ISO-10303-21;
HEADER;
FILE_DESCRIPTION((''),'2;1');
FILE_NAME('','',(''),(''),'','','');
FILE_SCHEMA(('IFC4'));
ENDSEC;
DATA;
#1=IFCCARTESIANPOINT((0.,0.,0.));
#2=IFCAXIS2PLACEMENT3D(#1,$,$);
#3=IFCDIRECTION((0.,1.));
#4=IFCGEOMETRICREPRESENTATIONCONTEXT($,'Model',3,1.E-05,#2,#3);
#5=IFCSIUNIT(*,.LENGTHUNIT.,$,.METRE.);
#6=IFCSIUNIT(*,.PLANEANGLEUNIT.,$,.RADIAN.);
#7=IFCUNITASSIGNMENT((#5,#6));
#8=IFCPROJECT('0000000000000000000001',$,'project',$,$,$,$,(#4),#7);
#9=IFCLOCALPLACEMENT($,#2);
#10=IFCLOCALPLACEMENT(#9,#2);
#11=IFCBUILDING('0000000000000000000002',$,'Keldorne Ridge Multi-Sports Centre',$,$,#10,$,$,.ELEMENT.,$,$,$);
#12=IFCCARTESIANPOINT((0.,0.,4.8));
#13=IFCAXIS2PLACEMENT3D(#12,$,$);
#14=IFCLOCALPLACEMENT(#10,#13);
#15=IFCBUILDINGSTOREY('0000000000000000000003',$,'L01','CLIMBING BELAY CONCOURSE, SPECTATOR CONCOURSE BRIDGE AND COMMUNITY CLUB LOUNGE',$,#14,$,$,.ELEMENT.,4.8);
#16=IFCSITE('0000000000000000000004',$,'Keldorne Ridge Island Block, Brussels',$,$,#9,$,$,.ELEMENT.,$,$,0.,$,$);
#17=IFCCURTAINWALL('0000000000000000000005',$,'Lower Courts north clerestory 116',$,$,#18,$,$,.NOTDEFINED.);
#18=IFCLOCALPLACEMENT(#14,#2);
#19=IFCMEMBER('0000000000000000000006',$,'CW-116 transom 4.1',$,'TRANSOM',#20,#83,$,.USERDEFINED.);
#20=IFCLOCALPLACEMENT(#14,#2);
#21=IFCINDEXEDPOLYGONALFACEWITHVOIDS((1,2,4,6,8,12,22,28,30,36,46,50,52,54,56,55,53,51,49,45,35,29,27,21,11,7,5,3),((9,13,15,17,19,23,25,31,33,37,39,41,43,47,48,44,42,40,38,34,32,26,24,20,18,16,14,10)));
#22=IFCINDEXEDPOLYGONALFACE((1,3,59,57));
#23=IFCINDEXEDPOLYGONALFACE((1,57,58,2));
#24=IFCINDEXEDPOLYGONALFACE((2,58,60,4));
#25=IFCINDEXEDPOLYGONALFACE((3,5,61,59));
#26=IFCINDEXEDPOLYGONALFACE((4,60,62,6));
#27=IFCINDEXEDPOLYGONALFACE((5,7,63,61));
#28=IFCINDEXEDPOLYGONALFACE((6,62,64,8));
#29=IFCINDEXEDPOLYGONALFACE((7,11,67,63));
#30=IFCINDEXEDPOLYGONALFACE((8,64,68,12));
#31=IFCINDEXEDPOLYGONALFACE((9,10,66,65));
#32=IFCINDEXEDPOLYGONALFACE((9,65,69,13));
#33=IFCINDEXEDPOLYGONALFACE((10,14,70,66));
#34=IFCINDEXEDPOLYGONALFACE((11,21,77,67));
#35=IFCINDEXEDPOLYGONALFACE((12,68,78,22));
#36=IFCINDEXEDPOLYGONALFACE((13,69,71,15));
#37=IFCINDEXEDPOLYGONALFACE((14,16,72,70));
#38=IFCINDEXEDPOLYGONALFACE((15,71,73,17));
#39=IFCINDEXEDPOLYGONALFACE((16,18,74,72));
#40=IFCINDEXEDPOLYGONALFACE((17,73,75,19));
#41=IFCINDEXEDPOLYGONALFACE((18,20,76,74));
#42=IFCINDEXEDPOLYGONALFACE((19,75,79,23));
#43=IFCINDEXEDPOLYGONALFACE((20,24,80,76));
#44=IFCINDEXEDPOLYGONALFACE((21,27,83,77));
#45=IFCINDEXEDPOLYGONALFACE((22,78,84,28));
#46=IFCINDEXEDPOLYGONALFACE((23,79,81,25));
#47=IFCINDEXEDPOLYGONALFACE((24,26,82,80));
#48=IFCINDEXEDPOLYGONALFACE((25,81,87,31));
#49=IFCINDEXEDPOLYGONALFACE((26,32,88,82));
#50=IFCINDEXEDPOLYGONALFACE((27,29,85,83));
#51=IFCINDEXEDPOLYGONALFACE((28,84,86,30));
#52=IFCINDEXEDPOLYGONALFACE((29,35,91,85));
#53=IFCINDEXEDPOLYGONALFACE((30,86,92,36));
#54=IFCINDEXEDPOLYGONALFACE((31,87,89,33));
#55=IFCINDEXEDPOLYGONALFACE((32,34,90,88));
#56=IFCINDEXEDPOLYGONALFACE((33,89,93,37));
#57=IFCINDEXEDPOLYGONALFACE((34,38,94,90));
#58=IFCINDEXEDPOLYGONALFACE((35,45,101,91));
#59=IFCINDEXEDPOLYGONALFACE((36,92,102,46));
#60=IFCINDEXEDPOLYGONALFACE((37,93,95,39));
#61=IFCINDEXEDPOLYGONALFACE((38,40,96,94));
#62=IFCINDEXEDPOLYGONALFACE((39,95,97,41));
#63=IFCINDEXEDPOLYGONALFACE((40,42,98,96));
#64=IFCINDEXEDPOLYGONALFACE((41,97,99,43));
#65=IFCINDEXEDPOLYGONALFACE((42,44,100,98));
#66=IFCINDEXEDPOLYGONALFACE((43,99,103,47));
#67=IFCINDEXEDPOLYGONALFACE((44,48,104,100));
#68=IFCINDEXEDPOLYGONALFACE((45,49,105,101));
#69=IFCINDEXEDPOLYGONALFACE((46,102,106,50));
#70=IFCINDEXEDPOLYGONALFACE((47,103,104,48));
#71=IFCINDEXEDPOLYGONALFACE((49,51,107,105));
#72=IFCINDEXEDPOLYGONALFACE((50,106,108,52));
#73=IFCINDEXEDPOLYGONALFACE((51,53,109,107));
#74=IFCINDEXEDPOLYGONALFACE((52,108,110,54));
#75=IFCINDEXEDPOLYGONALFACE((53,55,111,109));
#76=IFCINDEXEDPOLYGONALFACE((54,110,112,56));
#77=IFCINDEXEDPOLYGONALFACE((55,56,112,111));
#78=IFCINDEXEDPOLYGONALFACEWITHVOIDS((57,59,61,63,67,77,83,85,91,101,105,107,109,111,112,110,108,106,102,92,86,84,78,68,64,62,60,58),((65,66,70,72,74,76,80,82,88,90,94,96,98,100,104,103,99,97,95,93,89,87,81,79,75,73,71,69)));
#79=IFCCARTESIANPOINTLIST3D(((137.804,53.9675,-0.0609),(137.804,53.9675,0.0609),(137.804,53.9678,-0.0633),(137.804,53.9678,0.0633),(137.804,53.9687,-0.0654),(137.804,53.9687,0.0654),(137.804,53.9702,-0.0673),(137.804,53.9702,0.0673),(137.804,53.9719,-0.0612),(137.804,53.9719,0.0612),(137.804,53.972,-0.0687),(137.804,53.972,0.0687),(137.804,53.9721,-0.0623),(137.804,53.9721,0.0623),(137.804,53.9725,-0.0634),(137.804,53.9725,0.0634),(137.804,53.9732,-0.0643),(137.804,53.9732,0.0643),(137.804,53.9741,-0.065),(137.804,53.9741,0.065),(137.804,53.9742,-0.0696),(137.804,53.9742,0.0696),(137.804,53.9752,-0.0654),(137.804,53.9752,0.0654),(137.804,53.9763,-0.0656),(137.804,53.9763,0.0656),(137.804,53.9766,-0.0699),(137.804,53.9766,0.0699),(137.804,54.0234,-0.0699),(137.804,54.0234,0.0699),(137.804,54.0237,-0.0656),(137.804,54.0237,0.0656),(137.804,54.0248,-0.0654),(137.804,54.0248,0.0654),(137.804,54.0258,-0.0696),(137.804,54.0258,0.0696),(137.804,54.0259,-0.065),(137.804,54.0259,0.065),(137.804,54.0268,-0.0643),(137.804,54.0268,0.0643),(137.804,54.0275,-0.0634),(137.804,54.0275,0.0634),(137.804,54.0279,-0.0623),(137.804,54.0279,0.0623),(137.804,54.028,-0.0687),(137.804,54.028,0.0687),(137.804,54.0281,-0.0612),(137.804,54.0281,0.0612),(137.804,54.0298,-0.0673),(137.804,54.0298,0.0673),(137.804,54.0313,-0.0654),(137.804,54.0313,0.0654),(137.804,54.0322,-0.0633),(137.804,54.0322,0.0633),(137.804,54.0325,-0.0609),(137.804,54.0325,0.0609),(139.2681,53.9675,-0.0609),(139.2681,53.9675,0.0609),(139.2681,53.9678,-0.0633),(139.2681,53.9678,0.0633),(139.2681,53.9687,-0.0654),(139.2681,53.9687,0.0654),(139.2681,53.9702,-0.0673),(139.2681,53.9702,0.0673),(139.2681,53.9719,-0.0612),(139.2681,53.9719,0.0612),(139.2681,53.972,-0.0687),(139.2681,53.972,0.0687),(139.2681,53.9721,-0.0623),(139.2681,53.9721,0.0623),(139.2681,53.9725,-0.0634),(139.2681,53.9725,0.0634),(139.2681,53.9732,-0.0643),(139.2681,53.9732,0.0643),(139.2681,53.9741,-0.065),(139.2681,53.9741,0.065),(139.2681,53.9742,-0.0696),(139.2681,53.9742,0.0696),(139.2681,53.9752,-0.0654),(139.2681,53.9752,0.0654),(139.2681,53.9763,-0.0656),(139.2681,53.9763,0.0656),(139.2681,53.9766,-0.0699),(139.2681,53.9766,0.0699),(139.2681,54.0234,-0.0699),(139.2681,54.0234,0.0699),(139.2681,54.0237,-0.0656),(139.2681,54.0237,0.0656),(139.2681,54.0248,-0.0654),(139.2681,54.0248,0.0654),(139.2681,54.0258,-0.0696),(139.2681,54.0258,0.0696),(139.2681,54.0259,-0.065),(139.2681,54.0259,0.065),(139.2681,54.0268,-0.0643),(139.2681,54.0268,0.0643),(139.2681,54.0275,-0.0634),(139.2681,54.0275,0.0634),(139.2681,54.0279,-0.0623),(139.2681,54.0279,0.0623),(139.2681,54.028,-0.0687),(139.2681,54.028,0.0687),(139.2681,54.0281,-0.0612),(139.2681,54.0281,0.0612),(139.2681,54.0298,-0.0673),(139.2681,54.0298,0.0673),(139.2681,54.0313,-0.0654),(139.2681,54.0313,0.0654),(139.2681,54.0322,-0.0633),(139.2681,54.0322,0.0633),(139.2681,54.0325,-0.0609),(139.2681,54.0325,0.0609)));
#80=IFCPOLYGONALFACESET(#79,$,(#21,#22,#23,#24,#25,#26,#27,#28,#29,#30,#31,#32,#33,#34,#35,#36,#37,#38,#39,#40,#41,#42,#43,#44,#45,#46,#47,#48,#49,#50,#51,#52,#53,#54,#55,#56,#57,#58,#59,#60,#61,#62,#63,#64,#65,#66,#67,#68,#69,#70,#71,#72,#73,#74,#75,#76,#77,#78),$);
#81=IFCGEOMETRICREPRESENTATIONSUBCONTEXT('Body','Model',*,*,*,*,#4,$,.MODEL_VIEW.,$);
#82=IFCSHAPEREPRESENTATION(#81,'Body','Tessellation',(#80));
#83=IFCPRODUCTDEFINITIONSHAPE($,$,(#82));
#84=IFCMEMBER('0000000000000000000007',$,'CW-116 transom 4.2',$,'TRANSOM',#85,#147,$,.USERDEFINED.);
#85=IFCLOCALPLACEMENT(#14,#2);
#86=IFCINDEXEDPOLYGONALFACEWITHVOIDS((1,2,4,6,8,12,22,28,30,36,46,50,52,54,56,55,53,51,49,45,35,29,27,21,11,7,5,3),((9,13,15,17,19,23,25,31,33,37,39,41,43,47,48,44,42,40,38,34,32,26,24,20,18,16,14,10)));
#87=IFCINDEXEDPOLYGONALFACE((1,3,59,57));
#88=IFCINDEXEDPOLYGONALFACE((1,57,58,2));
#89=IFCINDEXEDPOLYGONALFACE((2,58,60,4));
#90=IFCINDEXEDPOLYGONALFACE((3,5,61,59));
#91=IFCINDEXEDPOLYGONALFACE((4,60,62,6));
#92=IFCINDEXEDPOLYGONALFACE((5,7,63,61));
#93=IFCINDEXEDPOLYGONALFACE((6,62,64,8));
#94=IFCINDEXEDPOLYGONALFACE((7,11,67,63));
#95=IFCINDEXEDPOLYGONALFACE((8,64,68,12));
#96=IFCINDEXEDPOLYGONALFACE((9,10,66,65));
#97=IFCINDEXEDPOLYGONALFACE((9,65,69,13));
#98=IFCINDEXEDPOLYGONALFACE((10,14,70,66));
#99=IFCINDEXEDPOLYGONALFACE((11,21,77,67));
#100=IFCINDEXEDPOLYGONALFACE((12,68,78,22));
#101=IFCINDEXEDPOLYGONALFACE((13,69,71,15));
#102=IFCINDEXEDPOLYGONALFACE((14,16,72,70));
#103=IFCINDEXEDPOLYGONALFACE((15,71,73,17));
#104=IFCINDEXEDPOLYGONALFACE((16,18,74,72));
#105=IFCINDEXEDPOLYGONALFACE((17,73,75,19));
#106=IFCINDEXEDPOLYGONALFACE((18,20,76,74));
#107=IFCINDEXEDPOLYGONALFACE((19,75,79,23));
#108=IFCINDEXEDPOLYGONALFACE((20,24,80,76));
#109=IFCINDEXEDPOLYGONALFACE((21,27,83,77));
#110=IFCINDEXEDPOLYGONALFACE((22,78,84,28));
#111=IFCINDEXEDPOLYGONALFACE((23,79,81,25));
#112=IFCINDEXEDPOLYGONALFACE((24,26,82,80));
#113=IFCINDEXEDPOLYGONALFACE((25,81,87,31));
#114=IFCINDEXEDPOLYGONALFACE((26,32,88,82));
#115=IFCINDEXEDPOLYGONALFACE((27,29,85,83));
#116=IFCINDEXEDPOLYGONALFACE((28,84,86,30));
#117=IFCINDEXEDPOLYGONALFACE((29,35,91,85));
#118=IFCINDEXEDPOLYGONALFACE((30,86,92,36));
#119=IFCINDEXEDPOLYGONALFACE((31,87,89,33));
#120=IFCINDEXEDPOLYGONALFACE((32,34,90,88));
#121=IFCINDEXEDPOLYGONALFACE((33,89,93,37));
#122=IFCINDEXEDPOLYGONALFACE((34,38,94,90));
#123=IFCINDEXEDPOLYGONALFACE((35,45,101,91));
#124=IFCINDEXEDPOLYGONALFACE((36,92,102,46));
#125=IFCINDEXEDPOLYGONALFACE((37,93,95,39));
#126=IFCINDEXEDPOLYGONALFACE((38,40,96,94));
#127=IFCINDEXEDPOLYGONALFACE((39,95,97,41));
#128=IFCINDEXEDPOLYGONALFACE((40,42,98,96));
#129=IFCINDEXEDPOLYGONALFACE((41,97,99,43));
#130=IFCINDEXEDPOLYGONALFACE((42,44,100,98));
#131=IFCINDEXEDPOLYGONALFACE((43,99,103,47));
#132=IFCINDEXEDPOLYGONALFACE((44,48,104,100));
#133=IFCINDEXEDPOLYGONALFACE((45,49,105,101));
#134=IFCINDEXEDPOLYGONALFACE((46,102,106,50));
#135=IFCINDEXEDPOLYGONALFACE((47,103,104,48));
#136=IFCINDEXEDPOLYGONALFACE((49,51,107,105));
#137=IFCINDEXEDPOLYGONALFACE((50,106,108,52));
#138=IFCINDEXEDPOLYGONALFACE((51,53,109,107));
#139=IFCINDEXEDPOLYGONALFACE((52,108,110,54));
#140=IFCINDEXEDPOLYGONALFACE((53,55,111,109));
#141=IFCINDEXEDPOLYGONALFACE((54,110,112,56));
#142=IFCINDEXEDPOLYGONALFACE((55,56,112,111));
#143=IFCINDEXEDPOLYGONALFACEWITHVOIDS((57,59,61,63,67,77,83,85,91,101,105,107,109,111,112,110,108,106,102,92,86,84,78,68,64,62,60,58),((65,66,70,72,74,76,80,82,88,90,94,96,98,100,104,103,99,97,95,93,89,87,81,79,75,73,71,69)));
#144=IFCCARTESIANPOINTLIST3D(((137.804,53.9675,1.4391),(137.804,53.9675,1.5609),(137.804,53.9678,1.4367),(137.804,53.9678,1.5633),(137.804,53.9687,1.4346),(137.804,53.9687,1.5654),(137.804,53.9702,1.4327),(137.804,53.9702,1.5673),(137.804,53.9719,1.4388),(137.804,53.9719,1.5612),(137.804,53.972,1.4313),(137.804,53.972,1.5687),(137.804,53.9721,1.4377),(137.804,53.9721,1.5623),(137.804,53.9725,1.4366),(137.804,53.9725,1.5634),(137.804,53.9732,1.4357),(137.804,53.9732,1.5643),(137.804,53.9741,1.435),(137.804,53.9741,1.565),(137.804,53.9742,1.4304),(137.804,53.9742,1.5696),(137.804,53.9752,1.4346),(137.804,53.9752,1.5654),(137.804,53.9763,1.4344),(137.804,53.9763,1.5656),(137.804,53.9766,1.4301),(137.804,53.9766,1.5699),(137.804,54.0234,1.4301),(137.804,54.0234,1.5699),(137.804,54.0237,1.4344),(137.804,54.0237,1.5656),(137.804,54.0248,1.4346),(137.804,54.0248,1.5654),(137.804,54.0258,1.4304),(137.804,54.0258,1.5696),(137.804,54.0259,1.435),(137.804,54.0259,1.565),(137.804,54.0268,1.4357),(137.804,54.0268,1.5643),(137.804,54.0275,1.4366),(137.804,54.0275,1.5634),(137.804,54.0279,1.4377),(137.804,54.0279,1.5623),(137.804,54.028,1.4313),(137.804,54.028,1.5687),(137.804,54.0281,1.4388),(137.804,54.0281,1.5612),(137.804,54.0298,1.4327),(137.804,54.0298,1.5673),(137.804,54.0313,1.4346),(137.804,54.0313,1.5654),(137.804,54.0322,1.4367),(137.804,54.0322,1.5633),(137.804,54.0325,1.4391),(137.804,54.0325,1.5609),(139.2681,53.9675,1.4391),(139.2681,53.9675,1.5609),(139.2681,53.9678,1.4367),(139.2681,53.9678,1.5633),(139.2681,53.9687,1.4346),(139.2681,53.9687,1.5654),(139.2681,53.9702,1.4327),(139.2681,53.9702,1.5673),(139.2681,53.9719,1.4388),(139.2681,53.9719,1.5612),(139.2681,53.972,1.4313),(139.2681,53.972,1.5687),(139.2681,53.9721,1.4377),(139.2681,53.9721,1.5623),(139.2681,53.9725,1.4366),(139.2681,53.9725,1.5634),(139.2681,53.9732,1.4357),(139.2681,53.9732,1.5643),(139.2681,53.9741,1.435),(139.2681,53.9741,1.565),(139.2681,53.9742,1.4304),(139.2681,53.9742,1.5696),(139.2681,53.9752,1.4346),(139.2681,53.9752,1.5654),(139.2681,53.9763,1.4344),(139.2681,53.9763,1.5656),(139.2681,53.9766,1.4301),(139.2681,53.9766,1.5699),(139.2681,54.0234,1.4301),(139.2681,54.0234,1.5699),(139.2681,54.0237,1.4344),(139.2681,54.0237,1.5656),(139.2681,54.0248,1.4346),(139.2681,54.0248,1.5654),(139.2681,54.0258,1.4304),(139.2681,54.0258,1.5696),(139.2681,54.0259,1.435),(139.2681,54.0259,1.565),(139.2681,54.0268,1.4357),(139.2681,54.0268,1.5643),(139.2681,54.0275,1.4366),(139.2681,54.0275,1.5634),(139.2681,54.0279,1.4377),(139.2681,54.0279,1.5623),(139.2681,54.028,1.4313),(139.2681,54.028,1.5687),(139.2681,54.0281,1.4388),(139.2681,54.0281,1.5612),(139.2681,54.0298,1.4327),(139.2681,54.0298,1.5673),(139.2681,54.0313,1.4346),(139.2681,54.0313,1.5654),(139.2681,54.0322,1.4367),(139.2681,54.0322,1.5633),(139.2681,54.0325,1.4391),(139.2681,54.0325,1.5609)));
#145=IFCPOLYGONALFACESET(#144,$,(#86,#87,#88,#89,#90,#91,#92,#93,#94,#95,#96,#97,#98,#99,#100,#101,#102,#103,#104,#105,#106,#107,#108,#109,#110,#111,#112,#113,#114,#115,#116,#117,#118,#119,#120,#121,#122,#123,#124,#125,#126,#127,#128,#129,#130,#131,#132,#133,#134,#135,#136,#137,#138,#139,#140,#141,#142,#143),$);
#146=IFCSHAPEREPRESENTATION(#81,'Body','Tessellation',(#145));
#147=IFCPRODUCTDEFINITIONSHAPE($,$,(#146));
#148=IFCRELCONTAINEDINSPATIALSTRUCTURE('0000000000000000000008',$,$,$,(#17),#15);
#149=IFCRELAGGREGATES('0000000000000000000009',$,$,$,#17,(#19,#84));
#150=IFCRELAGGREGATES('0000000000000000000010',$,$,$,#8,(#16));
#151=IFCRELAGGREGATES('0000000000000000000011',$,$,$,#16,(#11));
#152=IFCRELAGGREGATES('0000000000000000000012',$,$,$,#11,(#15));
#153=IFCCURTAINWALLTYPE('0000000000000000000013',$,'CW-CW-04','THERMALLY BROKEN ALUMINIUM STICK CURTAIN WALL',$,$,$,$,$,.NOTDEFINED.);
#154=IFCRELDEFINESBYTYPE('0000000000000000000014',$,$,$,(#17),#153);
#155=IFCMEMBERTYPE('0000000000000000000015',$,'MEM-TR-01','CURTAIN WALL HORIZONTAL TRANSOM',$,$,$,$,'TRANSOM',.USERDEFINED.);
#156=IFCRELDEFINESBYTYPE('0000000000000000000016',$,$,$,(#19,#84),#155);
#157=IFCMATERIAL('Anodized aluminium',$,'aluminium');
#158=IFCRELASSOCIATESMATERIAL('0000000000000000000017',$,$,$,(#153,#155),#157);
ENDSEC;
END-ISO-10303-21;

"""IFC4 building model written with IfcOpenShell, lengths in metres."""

from ifc_helpers import new_model, si_unit, direction, frame, origin, origin_2d, place, context, subcontext, project, spatial, hollow_rectangle, extrude, material, material_profile, profile_set, type_object, element, aggregate, save


model = new_model("IFC4")

# Units and contexts
model_context = context("Model", 3, precision=1e-05, world=origin(), true_north=direction((0.0, 1.0)))
body_context = subcontext(model_context, "Body", "Model", "MODEL_VIEW")
ifc_project = project(units=[si_unit("LENGTHUNIT", "METRE"), si_unit("PLANEANGLEUNIT", "RADIAN")], contexts=[model_context])

# Site, building, storey
site_placement = place(None, origin())
site = spatial("IfcSite", under=ifc_project, at=site_placement, Name="Keldorne Ridge Island Block, Brussels", CompositionType="ELEMENT", RefElevation=0.0)
building_placement = place(site_placement, origin())
building = spatial("IfcBuilding", under=site, at=building_placement, Name="Keldorne Ridge Multi-Sports Centre", CompositionType="ELEMENT")
storey_placement = place(building_placement, frame((0.0, 0.0, 4.8)))
storey = spatial("IfcBuildingStorey", under=building, at=storey_placement, Name="L01", Description="CLIMBING BELAY CONCOURSE, SPECTATOR CONCOURSE BRIDGE AND COMMUNITY CLUB LOUNGE", CompositionType="ELEMENT", Elevation=4.8)

# Curtain wall
ifc_material_1 = material(Name="Anodized aluminium", Category="aluminium")
curtain_wall_type = type_object("IfcCurtainWallType", Name="CW-CW-04", Description="THERMALLY BROKEN ALUMINIUM STICK CURTAIN WALL", PredefinedType="NOTDEFINED", material=ifc_material_1)
curtain_wall_placement = place(storey_placement, origin())
curtain_wall = element("IfcCurtainWall", 1, at=curtain_wall_placement, inside=storey, type_object=curtain_wall_type, Name="Lower Courts north clerestory 116", PredefinedType="NOTDEFINED")

# Members
ifc_material_profile_1 = material_profile(ifc_material_1, hollow_rectangle(XDim=0.0649, YDim=0.1399, WallThickness=0.0044, InnerFilletRadius=0.0044, OuterFilletRadius=0.009, at=origin_2d()), Name="ALU TRANSOM 140x65x4.5")
ifc_profile_set_1 = profile_set([ifc_material_profile_1], Name="Anodized aluminium")
member_type_1 = type_object("IfcMemberType", Name="MEM-TR-01", Description="CURTAIN WALL HORIZONTAL TRANSOM", ElementType="TRANSOM", PredefinedType="USERDEFINED", material=ifc_profile_set_1)
member_1_placement = place(storey_placement, frame((139.2681, 54.0, 0.0), z_axis=(-1.0, 0.0, 0.0), x_axis=(0.0, -1.0, 0.0)))
member_1 = element("IfcMember", 2, at=member_1_placement, type_object=member_type_1, Name="CW-116 transom 4.1", ObjectType="TRANSOM", PredefinedType="USERDEFINED", context=body_context, shape_type="SweptSolid", body=[
    extrude(hollow_rectangle(XDim=0.0649, YDim=0.1399, WallThickness=0.0044, InnerFilletRadius=0.0044, OuterFilletRadius=0.009, at=origin_2d()), origin(), (0.0, 0.0, 1.0), 1.4641),
])
member_2_placement = place(storey_placement, frame((139.2681, 54.0, 1.5), z_axis=(-1.0, 0.0, 0.0), x_axis=(0.0, -1.0, 0.0)))
member_2 = element("IfcMember", 3, at=member_2_placement, type_object=member_type_1, Name="CW-116 transom 4.2", ObjectType="TRANSOM", PredefinedType="USERDEFINED", context=body_context, shape_type="SweptSolid", body=[
    extrude(hollow_rectangle(XDim=0.0649, YDim=0.1399, WallThickness=0.0044, InnerFilletRadius=0.0044, OuterFilletRadius=0.009, at=origin_2d()), origin(), (0.0, 0.0, 1.0), 1.4641),
])

aggregate(curtain_wall, [member_1, member_2])

save(model, "model.ifc")
